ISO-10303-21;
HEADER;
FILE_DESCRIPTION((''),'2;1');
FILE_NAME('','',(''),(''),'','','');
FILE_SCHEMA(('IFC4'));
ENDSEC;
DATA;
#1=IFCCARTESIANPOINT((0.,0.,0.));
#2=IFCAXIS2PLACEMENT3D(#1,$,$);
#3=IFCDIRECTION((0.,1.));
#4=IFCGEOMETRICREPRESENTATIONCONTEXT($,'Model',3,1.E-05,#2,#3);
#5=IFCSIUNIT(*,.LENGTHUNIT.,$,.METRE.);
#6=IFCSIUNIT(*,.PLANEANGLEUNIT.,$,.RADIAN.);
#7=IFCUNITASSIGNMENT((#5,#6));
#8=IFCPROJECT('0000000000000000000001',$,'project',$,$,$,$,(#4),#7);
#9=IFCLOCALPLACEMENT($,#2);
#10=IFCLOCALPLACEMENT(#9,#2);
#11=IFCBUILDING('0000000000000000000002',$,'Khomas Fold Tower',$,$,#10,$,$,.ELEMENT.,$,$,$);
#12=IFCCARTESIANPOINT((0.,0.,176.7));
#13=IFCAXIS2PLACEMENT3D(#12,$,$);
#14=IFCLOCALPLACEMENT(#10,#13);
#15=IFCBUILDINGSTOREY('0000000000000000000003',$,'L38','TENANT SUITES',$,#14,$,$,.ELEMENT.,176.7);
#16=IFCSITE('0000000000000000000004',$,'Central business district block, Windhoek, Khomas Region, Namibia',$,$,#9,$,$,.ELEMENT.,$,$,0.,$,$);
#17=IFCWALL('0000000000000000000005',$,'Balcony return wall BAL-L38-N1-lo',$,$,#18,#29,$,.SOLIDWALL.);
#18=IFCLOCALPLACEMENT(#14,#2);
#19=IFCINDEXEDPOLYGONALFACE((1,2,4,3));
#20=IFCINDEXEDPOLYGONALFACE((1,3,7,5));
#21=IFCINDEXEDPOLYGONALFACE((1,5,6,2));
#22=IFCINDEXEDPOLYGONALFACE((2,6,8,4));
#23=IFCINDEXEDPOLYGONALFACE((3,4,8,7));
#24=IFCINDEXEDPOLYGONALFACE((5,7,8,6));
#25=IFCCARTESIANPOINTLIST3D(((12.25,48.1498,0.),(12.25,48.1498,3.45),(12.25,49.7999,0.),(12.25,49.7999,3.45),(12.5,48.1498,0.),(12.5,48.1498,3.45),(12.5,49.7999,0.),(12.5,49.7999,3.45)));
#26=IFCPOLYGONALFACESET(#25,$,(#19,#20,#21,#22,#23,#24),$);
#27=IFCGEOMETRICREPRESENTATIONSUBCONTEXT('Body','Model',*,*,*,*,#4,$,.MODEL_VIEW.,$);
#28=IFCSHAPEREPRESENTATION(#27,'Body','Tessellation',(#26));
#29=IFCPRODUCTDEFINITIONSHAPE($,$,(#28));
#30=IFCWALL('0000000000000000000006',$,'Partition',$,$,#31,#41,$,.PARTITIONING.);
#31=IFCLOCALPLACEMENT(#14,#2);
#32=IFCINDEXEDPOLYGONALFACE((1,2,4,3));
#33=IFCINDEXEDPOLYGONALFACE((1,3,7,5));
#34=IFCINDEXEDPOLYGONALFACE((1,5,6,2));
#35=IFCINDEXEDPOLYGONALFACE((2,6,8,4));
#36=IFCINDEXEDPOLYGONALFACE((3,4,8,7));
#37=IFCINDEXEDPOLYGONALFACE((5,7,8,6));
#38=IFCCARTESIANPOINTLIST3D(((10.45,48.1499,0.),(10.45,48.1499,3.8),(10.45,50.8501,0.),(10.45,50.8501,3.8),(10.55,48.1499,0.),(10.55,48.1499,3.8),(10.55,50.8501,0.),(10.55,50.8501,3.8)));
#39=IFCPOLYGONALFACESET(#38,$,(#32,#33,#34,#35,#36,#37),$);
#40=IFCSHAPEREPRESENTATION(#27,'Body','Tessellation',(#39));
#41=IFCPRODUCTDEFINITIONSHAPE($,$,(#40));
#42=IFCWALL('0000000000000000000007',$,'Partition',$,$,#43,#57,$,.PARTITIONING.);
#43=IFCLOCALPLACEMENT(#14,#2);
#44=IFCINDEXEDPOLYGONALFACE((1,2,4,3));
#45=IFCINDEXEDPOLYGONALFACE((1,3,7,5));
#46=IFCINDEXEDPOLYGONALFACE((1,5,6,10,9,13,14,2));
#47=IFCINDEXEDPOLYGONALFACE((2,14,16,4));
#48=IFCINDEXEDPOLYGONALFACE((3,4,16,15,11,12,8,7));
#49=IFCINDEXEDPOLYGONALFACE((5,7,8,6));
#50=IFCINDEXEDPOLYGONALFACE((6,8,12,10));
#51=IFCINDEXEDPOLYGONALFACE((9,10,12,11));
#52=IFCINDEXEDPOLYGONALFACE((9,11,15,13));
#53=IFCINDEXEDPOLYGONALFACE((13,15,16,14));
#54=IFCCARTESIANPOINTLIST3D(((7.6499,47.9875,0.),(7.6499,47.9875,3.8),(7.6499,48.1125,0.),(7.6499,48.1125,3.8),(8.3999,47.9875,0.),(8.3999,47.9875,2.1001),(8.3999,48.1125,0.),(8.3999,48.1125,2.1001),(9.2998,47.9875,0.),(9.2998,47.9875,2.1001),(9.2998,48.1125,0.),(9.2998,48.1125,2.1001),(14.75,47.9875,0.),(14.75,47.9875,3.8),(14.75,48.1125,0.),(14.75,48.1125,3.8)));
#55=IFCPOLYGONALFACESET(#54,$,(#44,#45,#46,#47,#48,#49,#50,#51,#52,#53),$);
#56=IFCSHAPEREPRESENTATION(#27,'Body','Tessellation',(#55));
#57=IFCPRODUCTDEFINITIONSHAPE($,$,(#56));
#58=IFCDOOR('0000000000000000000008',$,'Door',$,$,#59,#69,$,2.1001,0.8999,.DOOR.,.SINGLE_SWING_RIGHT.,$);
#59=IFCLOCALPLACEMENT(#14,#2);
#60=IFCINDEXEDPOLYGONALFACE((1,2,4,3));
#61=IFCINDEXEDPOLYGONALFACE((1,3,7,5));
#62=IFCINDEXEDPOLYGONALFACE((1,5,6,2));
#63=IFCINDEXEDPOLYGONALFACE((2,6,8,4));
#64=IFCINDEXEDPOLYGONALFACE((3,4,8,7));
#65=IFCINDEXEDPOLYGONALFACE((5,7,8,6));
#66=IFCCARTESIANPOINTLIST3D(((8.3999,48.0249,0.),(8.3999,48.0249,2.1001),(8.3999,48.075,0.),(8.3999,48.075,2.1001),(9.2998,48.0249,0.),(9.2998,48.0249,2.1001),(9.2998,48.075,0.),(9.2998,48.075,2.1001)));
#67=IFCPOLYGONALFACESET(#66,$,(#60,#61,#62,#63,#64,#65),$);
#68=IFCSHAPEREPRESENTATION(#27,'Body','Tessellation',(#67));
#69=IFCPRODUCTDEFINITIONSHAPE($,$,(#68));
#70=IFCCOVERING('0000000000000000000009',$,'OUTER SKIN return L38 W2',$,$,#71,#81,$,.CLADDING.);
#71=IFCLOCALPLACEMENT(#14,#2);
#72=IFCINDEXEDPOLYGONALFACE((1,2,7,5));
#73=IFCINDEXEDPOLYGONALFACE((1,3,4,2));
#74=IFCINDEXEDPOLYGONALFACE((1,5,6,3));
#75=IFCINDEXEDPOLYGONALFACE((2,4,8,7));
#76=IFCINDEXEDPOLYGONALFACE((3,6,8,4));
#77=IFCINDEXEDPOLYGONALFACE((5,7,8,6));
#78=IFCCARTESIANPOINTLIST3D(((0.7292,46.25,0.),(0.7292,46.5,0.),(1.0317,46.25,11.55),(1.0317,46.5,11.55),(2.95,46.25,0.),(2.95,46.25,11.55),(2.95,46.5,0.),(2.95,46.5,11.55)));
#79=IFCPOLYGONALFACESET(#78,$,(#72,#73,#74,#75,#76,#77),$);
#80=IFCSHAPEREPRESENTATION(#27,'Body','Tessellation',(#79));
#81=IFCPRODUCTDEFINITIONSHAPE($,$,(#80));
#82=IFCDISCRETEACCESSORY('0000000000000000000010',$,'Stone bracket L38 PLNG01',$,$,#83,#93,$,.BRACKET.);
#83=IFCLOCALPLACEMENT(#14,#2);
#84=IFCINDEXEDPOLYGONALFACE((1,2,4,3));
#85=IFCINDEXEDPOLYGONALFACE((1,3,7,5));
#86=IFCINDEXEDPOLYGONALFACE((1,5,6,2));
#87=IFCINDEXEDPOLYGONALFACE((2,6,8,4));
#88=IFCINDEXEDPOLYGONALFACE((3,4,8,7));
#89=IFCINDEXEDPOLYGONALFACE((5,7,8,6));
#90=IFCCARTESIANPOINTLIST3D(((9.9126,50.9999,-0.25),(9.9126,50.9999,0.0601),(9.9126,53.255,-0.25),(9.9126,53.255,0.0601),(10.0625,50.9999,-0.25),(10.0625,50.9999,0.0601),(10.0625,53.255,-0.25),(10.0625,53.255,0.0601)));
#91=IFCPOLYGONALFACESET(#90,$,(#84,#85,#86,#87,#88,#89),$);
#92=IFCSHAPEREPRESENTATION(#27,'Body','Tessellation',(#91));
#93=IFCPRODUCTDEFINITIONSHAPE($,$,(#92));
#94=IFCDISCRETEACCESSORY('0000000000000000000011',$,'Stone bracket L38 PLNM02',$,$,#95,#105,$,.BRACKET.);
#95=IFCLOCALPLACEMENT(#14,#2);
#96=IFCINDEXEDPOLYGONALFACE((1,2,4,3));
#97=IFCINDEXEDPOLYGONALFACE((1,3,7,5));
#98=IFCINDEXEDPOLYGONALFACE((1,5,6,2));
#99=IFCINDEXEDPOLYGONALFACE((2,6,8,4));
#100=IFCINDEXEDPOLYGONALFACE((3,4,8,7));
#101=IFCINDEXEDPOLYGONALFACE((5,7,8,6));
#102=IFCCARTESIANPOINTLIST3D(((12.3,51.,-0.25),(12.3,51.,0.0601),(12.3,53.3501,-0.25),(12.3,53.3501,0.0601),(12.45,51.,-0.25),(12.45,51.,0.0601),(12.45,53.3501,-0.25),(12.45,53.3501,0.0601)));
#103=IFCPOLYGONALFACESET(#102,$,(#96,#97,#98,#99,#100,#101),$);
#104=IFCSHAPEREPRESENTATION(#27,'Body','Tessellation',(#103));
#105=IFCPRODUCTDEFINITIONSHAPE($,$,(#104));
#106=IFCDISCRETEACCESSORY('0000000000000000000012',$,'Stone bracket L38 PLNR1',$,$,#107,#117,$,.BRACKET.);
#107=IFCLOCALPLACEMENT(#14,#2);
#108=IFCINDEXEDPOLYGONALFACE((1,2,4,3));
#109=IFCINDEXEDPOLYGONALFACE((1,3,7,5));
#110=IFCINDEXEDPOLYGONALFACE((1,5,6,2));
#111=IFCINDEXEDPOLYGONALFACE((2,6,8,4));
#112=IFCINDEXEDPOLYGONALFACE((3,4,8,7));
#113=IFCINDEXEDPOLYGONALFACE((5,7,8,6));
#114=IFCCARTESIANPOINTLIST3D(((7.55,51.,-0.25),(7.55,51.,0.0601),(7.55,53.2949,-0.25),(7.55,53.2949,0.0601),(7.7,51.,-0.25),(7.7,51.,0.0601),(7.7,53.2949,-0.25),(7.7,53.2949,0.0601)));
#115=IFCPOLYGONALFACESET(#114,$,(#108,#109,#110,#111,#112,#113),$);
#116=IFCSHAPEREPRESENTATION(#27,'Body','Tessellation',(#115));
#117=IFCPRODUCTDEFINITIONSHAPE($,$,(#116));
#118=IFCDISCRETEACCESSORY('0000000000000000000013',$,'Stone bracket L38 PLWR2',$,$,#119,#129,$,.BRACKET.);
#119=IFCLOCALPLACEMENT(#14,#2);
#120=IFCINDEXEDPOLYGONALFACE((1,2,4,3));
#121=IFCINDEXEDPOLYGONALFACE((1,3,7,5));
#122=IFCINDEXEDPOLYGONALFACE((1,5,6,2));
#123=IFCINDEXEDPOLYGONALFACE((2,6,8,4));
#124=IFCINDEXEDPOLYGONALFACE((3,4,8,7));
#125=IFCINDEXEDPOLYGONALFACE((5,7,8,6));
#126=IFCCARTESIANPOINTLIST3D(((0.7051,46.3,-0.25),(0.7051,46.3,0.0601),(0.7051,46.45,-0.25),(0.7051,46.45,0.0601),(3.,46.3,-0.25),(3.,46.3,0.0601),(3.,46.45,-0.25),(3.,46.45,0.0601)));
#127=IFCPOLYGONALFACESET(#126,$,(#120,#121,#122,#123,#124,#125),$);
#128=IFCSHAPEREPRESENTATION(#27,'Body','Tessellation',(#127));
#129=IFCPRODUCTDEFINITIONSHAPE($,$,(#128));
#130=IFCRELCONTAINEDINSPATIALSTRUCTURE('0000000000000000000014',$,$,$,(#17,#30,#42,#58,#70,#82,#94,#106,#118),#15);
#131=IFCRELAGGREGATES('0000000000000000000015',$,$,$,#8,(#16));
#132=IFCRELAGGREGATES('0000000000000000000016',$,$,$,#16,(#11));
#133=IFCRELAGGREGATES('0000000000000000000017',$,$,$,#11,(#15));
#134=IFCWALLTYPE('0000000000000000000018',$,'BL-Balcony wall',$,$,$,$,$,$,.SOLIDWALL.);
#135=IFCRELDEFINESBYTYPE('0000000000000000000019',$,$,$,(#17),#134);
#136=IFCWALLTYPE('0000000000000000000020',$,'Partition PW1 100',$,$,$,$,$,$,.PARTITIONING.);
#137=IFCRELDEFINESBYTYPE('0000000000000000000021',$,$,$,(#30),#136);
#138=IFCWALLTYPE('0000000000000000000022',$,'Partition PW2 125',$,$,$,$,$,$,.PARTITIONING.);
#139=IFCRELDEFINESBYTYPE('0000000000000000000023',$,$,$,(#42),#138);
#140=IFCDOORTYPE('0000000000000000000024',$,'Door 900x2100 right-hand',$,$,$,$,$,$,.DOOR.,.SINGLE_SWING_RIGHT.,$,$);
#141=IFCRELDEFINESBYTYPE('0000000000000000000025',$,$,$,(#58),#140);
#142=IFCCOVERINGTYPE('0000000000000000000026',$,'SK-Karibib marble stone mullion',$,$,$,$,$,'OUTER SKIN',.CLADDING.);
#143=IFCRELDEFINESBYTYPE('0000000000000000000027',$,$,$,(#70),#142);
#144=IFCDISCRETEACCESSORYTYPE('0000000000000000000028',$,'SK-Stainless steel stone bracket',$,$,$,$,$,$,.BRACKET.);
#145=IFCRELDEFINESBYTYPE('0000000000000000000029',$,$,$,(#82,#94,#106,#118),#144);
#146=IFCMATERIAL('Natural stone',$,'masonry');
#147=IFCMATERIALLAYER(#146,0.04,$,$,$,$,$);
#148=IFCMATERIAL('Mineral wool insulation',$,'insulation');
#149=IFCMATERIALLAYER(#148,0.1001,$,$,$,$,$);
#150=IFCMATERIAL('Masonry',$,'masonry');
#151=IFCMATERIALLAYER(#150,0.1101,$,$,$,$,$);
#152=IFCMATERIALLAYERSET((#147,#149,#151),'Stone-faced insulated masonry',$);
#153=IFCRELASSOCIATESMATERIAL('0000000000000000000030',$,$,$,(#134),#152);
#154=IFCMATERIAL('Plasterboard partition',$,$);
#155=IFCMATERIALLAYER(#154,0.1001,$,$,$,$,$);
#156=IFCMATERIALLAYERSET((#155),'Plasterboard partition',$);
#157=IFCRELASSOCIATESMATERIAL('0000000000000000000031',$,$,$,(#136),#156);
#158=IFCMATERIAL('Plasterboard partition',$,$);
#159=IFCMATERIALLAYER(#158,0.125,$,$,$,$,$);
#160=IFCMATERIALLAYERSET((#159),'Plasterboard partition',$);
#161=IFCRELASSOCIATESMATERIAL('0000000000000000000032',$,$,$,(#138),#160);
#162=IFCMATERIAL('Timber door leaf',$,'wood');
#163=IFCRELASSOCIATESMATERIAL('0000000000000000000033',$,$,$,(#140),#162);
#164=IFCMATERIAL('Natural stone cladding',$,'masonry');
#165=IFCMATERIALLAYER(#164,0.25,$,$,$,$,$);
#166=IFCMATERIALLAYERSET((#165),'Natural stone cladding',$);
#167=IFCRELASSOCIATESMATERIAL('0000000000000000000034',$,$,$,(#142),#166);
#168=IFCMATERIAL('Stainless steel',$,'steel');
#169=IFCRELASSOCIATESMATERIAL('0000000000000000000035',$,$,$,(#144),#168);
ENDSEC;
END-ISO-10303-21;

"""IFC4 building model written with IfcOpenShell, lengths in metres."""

from ifc_helpers import new_model, si_unit, direction, frame, frame_2d, origin, origin_2d, place, context, subcontext, project, spatial, polyline, rectangle, outline, extrude, source, transform, mapped, material, layer, layer_set, type_object, element, fill, save


model = new_model("IFC4")

# Units and contexts
model_context = context("Model", 3, precision=1e-05, world=origin(), true_north=direction((0.0, 1.0)))
body_context = subcontext(model_context, "Body", "Model", "MODEL_VIEW")
ifc_project = project(units=[si_unit("LENGTHUNIT", "METRE"), si_unit("PLANEANGLEUNIT", "RADIAN")], contexts=[model_context])

# Site, building, storey
site_placement = place(None, origin())
site = spatial("IfcSite", under=ifc_project, at=site_placement, Name="Central business district block, Windhoek, Khomas Region, Namibia", CompositionType="ELEMENT", RefElevation=0.0)
building_placement = place(site_placement, origin())
building = spatial("IfcBuilding", under=site, at=building_placement, Name="Khomas Fold Tower", CompositionType="ELEMENT")
storey_placement = place(building_placement, frame((0.0, 0.0, 176.7)))
storey = spatial("IfcBuildingStorey", under=building, at=storey_placement, Name="L38", Description="TENANT SUITES", CompositionType="ELEMENT", Elevation=176.7)

# Shared definitions
ifc_material_1 = material(Name="Natural stone", Category="masonry")
ifc_layer_1 = layer(ifc_material_1, 0.04)
ifc_material_2 = material(Name="Mineral wool insulation", Category="insulation")
ifc_layer_2 = layer(ifc_material_2, 0.1001)
ifc_material_3 = material(Name="Masonry", Category="masonry")
ifc_layer_3 = layer(ifc_material_3, 0.1101)
ifc_layer_set_1 = layer_set([ifc_layer_1, ifc_layer_2, ifc_layer_3], Name="Stone-faced insulated masonry")
wall_type_1 = type_object("IfcWallType", Name="BL-Balcony wall", PredefinedType="SOLIDWALL", material=ifc_layer_set_1)

# Walls
shared_shape_1 = source(origin(), body_context, "Body", "SweptSolid", [
    extrude(rectangle(XDim=1.6501, YDim=0.25, at=frame_2d((0.8252, 0.0))), origin(), (0.0, 0.0, 1.0), 3.45),
])
wall_1_placement = place(storey_placement, frame((12.375, 49.8, 0.0), z_axis=(0.0, 0.0, 1.0), x_axis=(0.0, -1.0, 0.0)))
element("IfcWall", 1, at=wall_1_placement, inside=storey, type_object=wall_type_1, Name="Balcony return wall BAL-L38-N1-lo", PredefinedType="SOLIDWALL", context=body_context, shape_type="MappedRepresentation", body=[
    mapped(shared_shape_1, transform((0.0, 0.0, 0.0))),
])
ifc_material_4 = material(Name="Plasterboard partition")
ifc_layer_4 = layer(ifc_material_4, 0.1001)
ifc_layer_set_2 = layer_set([ifc_layer_4], Name="Plasterboard partition")
wall_type_2 = type_object("IfcWallType", Name="Partition PW1 100", PredefinedType="PARTITIONING", material=ifc_layer_set_2)
shared_shape_2 = source(origin(), body_context, "Body", "SweptSolid", [
    extrude(rectangle(XDim=2.7002, YDim=0.1001, at=frame_2d((1.3501, 0.0))), origin(), (0.0, 0.0, 1.0), 3.8),
])
wall_2_placement = place(storey_placement, frame((10.5, 48.1499, 0.0), z_axis=(0.0, 0.0, 1.0), x_axis=(0.0, 1.0, 0.0)))
element("IfcWall", 2, at=wall_2_placement, inside=storey, type_object=wall_type_2, Name="Partition", PredefinedType="PARTITIONING", context=body_context, shape_type="MappedRepresentation", body=[
    mapped(shared_shape_2, transform((0.0, 0.0, 0.0))),
])

# Wall, opening, door
ifc_material_5 = material(Name="Plasterboard partition")
ifc_layer_5 = layer(ifc_material_5, 0.125)
ifc_layer_set_3 = layer_set([ifc_layer_5], Name="Plasterboard partition")
wall_type_3 = type_object("IfcWallType", Name="Partition PW2 125", PredefinedType="PARTITIONING", material=ifc_layer_set_3)
shared_shape_3 = source(origin(), body_context, "Body", "SweptSolid", [
    extrude(rectangle(XDim=7.1001, YDim=0.125, at=frame_2d((3.55, 0.0))), origin(), (0.0, 0.0, 1.0), 3.8),
])
wall_3_placement = place(storey_placement, frame((7.6499, 48.05, 0.0), z_axis=(0.0, 0.0, 1.0), x_axis=(1.0, 0.0, 0.0)))
wall_3 = element("IfcWall", 3, at=wall_3_placement, inside=storey, type_object=wall_type_3, Name="Partition", PredefinedType="PARTITIONING", context=body_context, shape_type="MappedRepresentation", body=[
    mapped(shared_shape_3, transform((0.0, 0.0, 0.0))),
])
shared_shape_4 = source(origin(), body_context, "Body", "SweptSolid", [
    extrude(rectangle(XDim=0.8999, YDim=2.1001, at=frame_2d((0.45, 1.05))), frame((0.0, 0.0725, 0.0), z_axis=(0.0, -1.0, 0.0), x_axis=(1.0, 0.0, 0.0)), (0.0, 0.0, 1.0), 0.145),
])
opening_1_placement = place(wall_3_placement, frame((0.75, 0.0, 0.0)))
opening_1 = element("IfcOpeningElement", 4, at=opening_1_placement, cuts=wall_3, PredefinedType="OPENING", context=body_context, shape_type="MappedRepresentation", body=[
    mapped(shared_shape_4, transform((0.0, 0.0, 0.0))),
])
ifc_material_6 = material(Name="Timber door leaf", Category="wood")
door_type_1 = type_object("IfcDoorType", Name="Door 900x2100 right-hand", OperationType="SINGLE_SWING_RIGHT", PredefinedType="DOOR", material=ifc_material_6)
shared_shape_5 = source(origin(), body_context, "Body", "SweptSolid", [
    extrude(rectangle(XDim=0.8999, YDim=2.1001, at=frame_2d((0.45, 1.05))), frame((0.0, 0.0249, 0.0), z_axis=(0.0, -1.0, 0.0), x_axis=(1.0, 0.0, 0.0)), (0.0, 0.0, 1.0), 0.05),
])
door_1_placement = place(opening_1_placement, origin())
door_1 = element("IfcDoor", 5, at=door_1_placement, inside=storey, type_object=door_type_1, Name="Door", OperationType="SINGLE_SWING_RIGHT", OverallHeight=2.1001, OverallWidth=0.8999, PredefinedType="DOOR", context=body_context, shape_type="MappedRepresentation", body=[
    mapped(shared_shape_5, transform((0.0, 0.0, 0.0))),
])
fill(opening_1, door_1)

# Covering
ifc_material_7 = material(Name="Natural stone cladding", Category="masonry")
ifc_layer_6 = layer(ifc_material_7, 0.25)
ifc_layer_set_4 = layer_set([ifc_layer_6], Name="Natural stone cladding")
covering_type = type_object("IfcCoveringType", Name="SK-Karibib marble stone mullion", ElementType="OUTER SKIN", PredefinedType="CLADDING", material=ifc_layer_set_4)
covering_placement = place(storey_placement, frame((2.95, 46.5, 0.0), z_axis=(0.0, 1.0, 0.0), x_axis=(-1.0, 0.0, 0.0)))
element("IfcCovering", 6, at=covering_placement, inside=storey, type_object=covering_type, Name="OUTER SKIN return L38 W2", PredefinedType="CLADDING", context=body_context, shape_type="SweptSolid", body=[
    extrude(outline(polyline([(0.0, 0.0), (2.2207, 0.0), (1.9182, 11.55), (0.0, 11.55), (0.0, 0.0)])), origin(), (0.0, 0.0, -1.0), 0.25),
])

# Discrete accessories
ifc_material_8 = material(Name="Stainless steel", Category="steel")
discrete_accessory_type = type_object("IfcDiscreteAccessoryType", Name="SK-Stainless steel stone bracket", PredefinedType="BRACKET", material=ifc_material_8)
shared_shape_6 = source(origin(), body_context, "Body", "SweptSolid", [
    extrude(rectangle(XDim=2.2551, YDim=0.1499, at=origin_2d()), origin(), (0.0, 0.0, 1.0), 0.3101),
])
discrete_accessory_1_placement = place(storey_placement, frame((9.9875, 52.1274, -0.25), z_axis=(0.0, 0.0, 1.0), x_axis=(0.0, 1.0, 0.0)))
element("IfcDiscreteAccessory", 7, at=discrete_accessory_1_placement, inside=storey, type_object=discrete_accessory_type, Name="Stone bracket L38 PLNG01", PredefinedType="BRACKET", context=body_context, shape_type="MappedRepresentation", body=[
    mapped(shared_shape_6, transform((0.0, 0.0, 0.0))),
])
shared_shape_7 = source(origin(), body_context, "Body", "SweptSolid", [
    extrude(rectangle(XDim=2.3501, YDim=0.1499, at=origin_2d()), origin(), (0.0, 0.0, 1.0), 0.3101),
])
discrete_accessory_2_placement = place(storey_placement, frame((12.375, 52.175, -0.25), z_axis=(0.0, 0.0, 1.0), x_axis=(0.0, 1.0, 0.0)))
element("IfcDiscreteAccessory", 8, at=discrete_accessory_2_placement, inside=storey, type_object=discrete_accessory_type, Name="Stone bracket L38 PLNM02", PredefinedType="BRACKET", context=body_context, shape_type="MappedRepresentation", body=[
    mapped(shared_shape_7, transform((0.0, 0.0, 0.0))),
])
shared_shape_8 = source(origin(), body_context, "Body", "SweptSolid", [
    extrude(rectangle(XDim=2.2949, YDim=0.1499, at=origin_2d()), origin(), (0.0, 0.0, 1.0), 0.3101),
])
for number, where, z_axis, x_axis, name in (
    (9, (7.625, 52.1475, -0.25), (0.0, 0.0, 1.0), (0.0, 1.0, 0.0), "Stone bracket L38 PLNR1"),
    (10, (1.8525, 46.375, -0.25), (0.0, 0.0, 1.0), (-1.0, 0.0, 0.0), "Stone bracket L38 PLWR2"),
):
    element("IfcDiscreteAccessory", number, at=place(storey_placement, frame(where, z_axis=z_axis, x_axis=x_axis)), inside=storey, type_object=discrete_accessory_type, Name=name, PredefinedType="BRACKET", context=body_context, shape_type="MappedRepresentation", body=[
        mapped(shared_shape_8, transform((0.0, 0.0, 0.0))),
    ])

save(model, "model.ifc")
